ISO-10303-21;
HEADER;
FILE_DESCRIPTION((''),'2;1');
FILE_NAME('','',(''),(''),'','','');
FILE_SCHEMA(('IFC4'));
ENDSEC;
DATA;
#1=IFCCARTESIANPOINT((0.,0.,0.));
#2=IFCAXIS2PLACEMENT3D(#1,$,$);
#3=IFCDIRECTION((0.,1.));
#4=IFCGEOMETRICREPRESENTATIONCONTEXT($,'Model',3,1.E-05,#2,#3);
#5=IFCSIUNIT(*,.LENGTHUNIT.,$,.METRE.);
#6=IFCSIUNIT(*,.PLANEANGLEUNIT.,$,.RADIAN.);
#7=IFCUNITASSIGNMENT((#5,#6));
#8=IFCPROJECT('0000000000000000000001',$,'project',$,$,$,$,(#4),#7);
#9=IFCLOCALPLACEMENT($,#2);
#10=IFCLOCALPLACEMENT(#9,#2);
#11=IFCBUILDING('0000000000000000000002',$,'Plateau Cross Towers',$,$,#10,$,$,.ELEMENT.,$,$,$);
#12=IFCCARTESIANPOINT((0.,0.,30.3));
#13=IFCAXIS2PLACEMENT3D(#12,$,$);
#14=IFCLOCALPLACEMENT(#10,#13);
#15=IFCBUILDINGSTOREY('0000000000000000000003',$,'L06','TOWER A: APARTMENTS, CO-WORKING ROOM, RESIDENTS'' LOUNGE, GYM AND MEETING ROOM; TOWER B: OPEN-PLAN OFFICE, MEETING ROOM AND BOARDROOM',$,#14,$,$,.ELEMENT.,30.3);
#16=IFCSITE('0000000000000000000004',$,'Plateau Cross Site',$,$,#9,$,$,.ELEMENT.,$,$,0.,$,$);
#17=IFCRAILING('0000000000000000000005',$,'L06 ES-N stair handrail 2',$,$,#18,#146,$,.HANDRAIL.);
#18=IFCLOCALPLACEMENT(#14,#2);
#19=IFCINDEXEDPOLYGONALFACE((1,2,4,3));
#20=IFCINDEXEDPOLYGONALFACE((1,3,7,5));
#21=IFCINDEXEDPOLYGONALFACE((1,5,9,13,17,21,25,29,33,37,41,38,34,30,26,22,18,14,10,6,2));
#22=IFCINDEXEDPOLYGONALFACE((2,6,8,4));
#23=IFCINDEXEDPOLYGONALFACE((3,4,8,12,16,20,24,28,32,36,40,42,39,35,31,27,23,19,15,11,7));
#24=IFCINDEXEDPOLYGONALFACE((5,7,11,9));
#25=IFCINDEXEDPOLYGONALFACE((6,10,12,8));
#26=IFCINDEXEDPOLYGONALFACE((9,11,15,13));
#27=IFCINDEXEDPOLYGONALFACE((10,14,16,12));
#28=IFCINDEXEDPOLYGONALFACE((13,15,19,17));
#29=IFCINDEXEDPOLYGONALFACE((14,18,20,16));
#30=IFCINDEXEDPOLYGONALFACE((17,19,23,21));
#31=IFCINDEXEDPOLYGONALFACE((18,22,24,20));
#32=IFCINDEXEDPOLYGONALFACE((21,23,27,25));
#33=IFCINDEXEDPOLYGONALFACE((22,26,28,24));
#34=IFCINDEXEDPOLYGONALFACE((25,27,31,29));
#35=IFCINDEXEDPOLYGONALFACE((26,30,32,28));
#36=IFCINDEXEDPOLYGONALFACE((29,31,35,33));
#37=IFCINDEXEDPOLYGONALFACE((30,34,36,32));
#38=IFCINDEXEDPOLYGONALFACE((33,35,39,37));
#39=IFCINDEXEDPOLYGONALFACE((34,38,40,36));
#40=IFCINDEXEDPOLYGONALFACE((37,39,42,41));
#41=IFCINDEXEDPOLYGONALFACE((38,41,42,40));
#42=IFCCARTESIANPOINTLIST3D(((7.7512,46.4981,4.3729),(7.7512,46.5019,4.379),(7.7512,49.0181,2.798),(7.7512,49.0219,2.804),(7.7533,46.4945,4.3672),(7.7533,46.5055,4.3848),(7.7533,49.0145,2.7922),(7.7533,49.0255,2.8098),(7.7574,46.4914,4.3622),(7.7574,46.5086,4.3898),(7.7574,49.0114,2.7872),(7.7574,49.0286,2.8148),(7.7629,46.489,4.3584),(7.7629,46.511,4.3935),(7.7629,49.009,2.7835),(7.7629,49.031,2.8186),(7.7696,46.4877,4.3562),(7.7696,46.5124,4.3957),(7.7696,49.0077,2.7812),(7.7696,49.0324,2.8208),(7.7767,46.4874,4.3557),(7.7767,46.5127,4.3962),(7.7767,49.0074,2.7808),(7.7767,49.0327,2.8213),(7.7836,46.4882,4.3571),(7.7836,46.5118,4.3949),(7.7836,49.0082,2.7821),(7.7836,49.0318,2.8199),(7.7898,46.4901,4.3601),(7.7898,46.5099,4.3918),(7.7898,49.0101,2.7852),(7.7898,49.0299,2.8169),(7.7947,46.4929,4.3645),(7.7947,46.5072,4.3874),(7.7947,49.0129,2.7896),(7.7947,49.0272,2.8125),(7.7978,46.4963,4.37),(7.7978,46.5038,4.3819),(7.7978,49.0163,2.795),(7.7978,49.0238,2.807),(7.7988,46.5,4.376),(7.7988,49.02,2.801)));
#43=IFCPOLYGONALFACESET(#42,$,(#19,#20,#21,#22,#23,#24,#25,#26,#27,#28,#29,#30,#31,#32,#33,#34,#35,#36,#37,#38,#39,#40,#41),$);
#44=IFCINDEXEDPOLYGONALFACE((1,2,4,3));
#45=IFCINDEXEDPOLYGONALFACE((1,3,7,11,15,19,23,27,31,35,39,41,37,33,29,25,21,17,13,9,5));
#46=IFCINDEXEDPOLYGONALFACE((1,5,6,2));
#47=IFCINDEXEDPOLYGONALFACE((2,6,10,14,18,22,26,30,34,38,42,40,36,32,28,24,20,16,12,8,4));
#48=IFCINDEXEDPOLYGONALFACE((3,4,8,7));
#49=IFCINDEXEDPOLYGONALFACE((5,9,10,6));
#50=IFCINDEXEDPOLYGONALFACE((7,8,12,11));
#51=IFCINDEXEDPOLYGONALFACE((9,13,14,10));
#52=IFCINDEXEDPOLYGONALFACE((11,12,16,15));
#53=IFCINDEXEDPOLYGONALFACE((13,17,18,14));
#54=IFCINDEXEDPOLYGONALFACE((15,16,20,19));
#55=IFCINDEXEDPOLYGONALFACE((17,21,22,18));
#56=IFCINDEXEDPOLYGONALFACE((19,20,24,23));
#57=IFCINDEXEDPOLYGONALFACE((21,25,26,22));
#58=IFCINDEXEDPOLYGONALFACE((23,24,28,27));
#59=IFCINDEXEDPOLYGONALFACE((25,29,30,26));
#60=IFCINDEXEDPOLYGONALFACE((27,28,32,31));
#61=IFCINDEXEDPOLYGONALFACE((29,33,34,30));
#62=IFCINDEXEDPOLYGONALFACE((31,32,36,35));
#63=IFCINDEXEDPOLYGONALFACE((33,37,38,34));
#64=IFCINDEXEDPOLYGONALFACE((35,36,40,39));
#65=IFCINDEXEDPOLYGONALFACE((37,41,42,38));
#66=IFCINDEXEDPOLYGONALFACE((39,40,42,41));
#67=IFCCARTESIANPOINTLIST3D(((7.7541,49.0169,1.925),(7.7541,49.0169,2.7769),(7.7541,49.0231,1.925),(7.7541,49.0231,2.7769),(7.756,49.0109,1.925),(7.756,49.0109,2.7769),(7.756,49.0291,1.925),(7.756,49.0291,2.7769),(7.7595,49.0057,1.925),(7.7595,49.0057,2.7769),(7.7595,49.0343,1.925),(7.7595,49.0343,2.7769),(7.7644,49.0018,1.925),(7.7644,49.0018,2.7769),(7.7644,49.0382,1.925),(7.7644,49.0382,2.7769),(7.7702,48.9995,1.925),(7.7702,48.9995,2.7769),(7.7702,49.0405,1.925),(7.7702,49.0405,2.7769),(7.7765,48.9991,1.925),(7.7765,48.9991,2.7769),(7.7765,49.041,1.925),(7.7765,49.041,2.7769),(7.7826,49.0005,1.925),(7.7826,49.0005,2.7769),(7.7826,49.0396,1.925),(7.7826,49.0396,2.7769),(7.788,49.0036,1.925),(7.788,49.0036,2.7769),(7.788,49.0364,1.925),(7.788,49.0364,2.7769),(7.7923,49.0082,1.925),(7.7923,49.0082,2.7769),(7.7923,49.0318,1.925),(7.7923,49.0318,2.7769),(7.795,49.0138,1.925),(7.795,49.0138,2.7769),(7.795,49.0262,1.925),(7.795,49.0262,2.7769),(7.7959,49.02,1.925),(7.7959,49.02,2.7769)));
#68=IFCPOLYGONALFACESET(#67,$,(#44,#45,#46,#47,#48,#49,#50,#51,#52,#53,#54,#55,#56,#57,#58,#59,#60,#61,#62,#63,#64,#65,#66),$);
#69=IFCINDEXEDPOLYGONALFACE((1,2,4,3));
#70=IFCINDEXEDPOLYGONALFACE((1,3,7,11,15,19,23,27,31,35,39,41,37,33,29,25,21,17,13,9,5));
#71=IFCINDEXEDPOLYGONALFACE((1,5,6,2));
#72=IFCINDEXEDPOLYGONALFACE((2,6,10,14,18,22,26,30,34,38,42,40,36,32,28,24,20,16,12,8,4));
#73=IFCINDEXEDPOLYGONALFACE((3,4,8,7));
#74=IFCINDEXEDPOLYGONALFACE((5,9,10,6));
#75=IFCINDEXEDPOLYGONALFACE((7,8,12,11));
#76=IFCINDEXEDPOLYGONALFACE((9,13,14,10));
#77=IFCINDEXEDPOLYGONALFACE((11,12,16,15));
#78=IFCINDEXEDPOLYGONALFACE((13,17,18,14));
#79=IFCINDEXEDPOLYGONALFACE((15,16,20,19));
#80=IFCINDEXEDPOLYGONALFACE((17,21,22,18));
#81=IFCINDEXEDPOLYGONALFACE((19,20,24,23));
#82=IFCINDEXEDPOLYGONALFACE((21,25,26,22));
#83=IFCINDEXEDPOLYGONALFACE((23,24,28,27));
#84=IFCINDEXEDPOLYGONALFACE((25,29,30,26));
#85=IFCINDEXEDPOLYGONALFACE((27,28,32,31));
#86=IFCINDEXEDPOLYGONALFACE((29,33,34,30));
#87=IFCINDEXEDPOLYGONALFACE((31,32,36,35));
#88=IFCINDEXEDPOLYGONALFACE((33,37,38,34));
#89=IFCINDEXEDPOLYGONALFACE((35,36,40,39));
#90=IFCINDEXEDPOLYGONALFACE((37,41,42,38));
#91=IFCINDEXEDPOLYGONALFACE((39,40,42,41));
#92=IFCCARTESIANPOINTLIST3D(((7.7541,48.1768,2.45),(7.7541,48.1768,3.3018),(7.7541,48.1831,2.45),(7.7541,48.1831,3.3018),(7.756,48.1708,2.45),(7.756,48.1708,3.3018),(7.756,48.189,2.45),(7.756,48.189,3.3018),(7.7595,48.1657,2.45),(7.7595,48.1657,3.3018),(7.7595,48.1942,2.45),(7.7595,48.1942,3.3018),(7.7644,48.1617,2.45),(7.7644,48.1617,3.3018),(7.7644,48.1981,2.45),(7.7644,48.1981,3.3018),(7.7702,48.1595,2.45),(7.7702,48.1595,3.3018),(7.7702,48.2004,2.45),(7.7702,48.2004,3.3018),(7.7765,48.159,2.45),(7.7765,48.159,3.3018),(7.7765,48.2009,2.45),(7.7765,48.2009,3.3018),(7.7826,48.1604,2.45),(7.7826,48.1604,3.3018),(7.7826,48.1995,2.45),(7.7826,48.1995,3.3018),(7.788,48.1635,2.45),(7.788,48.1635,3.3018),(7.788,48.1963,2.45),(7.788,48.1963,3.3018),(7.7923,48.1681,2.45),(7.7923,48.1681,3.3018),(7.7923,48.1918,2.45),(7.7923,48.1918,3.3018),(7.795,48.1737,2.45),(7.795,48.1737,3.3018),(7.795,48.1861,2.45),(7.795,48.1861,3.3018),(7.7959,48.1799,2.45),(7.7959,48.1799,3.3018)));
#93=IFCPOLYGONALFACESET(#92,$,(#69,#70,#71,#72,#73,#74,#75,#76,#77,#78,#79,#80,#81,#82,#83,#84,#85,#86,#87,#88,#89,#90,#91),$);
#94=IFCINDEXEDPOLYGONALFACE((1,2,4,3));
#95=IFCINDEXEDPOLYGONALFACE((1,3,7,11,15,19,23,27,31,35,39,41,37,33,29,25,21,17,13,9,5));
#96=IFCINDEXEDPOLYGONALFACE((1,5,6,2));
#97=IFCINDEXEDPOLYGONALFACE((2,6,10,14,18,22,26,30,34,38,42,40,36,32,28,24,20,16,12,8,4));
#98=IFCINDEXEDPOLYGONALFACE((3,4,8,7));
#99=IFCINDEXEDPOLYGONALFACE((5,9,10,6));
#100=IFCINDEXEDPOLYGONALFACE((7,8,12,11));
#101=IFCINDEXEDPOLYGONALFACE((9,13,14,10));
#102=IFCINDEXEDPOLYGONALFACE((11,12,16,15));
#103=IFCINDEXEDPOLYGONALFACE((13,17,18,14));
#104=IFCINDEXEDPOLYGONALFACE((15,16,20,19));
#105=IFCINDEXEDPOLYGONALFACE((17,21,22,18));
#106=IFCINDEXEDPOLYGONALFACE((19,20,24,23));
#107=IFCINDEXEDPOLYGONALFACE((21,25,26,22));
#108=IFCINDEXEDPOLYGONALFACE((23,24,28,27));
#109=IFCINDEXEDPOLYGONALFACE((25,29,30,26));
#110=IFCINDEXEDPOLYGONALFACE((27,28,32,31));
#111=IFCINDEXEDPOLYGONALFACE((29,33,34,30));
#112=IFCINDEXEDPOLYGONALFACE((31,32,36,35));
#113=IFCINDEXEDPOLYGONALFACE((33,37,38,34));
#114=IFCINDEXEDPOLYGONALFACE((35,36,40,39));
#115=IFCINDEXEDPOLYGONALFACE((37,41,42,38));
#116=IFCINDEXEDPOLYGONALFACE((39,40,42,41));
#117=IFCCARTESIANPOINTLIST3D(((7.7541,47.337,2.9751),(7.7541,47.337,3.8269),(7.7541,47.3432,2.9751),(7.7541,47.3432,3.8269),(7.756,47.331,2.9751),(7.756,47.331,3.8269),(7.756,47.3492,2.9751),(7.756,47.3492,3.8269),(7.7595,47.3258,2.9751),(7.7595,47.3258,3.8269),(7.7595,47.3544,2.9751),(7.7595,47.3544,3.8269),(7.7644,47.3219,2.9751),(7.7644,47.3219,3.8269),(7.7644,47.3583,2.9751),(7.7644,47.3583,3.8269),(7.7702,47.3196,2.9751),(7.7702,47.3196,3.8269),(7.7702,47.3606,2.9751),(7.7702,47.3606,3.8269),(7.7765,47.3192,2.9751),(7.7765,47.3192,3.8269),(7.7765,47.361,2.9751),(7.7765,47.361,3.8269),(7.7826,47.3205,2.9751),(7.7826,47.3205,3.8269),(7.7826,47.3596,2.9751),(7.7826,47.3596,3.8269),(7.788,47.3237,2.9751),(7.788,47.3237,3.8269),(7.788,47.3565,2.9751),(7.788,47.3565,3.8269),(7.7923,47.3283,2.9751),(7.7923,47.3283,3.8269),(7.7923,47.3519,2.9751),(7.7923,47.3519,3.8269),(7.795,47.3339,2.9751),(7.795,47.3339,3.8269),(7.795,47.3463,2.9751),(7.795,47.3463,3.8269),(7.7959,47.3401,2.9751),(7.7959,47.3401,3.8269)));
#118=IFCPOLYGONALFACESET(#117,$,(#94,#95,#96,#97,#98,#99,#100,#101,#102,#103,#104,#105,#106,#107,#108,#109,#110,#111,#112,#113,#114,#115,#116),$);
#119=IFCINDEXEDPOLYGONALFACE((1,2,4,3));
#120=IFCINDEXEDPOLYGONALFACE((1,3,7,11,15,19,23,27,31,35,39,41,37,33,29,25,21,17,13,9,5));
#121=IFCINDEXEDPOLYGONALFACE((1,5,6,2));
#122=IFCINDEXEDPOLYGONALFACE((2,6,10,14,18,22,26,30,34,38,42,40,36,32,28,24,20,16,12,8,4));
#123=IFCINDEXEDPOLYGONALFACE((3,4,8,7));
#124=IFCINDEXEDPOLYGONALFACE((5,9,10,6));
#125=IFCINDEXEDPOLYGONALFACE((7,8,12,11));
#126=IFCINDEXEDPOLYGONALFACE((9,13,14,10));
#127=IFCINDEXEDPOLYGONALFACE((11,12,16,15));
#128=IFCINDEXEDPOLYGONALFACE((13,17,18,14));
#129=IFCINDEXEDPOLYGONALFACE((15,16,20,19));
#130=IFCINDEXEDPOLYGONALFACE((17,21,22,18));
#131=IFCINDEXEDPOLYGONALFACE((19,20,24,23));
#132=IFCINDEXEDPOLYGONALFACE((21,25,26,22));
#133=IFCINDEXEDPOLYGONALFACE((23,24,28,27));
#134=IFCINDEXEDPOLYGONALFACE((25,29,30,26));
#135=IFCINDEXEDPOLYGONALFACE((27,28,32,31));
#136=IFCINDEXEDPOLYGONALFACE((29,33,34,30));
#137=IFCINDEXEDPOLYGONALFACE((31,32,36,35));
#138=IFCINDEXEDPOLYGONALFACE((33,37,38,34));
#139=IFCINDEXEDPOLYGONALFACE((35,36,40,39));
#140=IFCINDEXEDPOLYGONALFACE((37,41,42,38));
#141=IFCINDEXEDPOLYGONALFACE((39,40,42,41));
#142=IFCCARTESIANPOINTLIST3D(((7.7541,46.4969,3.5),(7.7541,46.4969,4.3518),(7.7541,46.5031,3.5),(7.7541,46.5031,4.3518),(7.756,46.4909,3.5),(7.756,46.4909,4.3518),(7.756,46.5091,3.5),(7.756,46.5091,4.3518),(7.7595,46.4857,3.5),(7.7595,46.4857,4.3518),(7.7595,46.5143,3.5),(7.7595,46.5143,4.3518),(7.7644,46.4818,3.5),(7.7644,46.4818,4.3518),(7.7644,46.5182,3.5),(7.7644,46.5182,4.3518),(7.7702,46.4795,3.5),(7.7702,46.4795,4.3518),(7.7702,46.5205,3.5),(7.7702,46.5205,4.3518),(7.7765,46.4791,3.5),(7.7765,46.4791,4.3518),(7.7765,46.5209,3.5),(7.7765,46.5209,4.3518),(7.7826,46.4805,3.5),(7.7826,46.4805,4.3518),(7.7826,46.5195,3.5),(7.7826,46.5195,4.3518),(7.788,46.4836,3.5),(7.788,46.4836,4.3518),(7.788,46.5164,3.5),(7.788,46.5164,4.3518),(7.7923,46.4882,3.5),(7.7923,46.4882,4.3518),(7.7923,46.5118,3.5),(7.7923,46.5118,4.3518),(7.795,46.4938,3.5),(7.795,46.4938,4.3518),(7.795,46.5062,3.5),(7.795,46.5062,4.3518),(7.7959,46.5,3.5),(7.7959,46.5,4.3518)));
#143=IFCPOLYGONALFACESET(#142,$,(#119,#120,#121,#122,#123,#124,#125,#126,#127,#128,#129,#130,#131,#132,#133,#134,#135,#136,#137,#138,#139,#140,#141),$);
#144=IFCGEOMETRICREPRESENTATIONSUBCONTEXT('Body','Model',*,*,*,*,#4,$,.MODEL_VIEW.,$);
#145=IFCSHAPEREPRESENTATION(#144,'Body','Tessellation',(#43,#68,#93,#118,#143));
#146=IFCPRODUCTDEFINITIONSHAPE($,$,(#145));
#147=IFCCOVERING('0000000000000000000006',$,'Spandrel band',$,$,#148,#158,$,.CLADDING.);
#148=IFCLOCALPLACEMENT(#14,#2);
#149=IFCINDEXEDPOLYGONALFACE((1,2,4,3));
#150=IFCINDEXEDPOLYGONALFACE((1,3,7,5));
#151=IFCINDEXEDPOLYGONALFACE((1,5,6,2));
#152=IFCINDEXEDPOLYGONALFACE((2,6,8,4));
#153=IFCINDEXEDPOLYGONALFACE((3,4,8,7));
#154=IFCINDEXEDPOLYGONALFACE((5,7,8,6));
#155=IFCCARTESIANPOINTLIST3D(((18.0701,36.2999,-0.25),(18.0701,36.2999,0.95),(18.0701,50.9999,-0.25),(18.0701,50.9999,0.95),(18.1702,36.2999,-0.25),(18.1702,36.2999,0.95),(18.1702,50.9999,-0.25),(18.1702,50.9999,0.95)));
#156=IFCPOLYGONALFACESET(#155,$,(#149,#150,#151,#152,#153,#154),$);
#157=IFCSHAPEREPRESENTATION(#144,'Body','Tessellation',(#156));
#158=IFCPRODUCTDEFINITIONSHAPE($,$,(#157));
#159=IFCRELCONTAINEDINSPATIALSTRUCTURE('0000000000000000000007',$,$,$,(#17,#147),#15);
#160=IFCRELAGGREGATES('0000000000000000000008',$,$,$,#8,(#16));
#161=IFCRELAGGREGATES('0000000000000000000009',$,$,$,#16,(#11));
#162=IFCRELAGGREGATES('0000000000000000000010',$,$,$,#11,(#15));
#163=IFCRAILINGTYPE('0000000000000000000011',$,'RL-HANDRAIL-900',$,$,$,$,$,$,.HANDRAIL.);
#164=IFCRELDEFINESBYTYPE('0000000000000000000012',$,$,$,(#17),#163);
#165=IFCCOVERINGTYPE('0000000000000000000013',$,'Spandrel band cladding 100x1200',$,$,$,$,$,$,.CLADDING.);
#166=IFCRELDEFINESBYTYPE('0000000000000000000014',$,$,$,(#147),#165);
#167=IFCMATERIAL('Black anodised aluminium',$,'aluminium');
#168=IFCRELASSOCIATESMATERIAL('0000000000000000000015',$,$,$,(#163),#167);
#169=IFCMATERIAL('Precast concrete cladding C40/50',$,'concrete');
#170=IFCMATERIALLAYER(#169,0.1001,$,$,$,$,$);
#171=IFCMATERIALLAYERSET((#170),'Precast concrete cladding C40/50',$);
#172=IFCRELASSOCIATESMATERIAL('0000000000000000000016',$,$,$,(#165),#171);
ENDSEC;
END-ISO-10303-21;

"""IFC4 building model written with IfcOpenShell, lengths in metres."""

from ifc_helpers import new_model, si_unit, direction, frame, origin, origin_2d, place, context, subcontext, project, spatial, rectangle, circle, extrude, material, layer, layer_set, type_object, element, save


model = new_model("IFC4")

# Units and contexts
model_context = context("Model", 3, precision=1e-05, world=origin(), true_north=direction((0.0, 1.0)))
body_context = subcontext(model_context, "Body", "Model", "MODEL_VIEW")
ifc_project = project(units=[si_unit("LENGTHUNIT", "METRE"), si_unit("PLANEANGLEUNIT", "RADIAN")], contexts=[model_context])

# Site, building, storey
site_placement = place(None, origin())
site = spatial("IfcSite", under=ifc_project, at=site_placement, Name="Plateau Cross Site", CompositionType="ELEMENT", RefElevation=0.0)
building_placement = place(site_placement, origin())
building = spatial("IfcBuilding", under=site, at=building_placement, Name="Plateau Cross Towers", CompositionType="ELEMENT")
storey_placement = place(building_placement, frame((0.0, 0.0, 30.3)))
storey = spatial("IfcBuildingStorey", under=building, at=storey_placement, Name="L06", Description="TOWER A: APARTMENTS, CO-WORKING ROOM, RESIDENTS' LOUNGE, GYM AND MEETING ROOM; TOWER B: OPEN-PLAN OFFICE, MEETING ROOM AND BOARDROOM", CompositionType="ELEMENT", Elevation=30.3)

# Shared definitions
ifc_material_1 = material(Name="Black anodised aluminium", Category="aluminium")

# Railing
railing_type_1 = type_object("IfcRailingType", Name="RL-HANDRAIL-900", PredefinedType="HANDRAIL", material=ifc_material_1)
railing_1_placement = place(storey_placement, frame((7.7749, 49.02, 1.925)))
element("IfcRailing", 1, at=railing_1_placement, inside=storey, type_object=railing_type_1, Name="L06 ES-N stair handrail 2", PredefinedType="HANDRAIL", context=body_context, shape_type="SweptSolid", body=[
    extrude(circle(Radius=0.0239, at=origin_2d()), frame((0.0, 0.0, 0.876), z_axis=(0.0, -0.848008, 0.529984), x_axis=(1.0, 0.0, 0.0)), (0.0, 0.0, 1.0), 2.9717),
    extrude(circle(Radius=0.021, at=origin_2d()), origin(), (0.0, 0.0, 1.0), 0.8518),
    extrude(circle(Radius=0.021, at=origin_2d()), frame((0.0, -0.8401, 0.5249)), (0.0, 0.0, 1.0), 0.8518),
    extrude(circle(Radius=0.021, at=origin_2d()), frame((0.0, -1.6799, 1.05)), (0.0, 0.0, 1.0), 0.8518),
    extrude(circle(Radius=0.021, at=origin_2d()), frame((0.0, -2.52, 1.575)), (0.0, 0.0, 1.0), 0.8518),
])

# Covering
ifc_material_2 = material(Name="Precast concrete cladding C40/50", Category="concrete")
ifc_layer_1 = layer(ifc_material_2, 0.1001)
ifc_layer_set_1 = layer_set([ifc_layer_1], Name="Precast concrete cladding C40/50")
covering_type = type_object("IfcCoveringType", Name="Spandrel band cladding 100x1200", PredefinedType="CLADDING", material=ifc_layer_set_1)
covering_placement = place(storey_placement, frame((18.1201, 43.6499, -0.25), z_axis=(0.0, 0.0, 1.0), x_axis=(0.0, 1.0, 0.0)))
element("IfcCovering", 2, at=covering_placement, inside=storey, type_object=covering_type, Name="Spandrel band", PredefinedType="CLADDING", context=body_context, shape_type="SweptSolid", body=[
    extrude(rectangle(XDim=14.7, YDim=0.1001, at=origin_2d()), origin(), (0.0, 0.0, 1.0), 1.2),
])

save(model, "model.ifc")
